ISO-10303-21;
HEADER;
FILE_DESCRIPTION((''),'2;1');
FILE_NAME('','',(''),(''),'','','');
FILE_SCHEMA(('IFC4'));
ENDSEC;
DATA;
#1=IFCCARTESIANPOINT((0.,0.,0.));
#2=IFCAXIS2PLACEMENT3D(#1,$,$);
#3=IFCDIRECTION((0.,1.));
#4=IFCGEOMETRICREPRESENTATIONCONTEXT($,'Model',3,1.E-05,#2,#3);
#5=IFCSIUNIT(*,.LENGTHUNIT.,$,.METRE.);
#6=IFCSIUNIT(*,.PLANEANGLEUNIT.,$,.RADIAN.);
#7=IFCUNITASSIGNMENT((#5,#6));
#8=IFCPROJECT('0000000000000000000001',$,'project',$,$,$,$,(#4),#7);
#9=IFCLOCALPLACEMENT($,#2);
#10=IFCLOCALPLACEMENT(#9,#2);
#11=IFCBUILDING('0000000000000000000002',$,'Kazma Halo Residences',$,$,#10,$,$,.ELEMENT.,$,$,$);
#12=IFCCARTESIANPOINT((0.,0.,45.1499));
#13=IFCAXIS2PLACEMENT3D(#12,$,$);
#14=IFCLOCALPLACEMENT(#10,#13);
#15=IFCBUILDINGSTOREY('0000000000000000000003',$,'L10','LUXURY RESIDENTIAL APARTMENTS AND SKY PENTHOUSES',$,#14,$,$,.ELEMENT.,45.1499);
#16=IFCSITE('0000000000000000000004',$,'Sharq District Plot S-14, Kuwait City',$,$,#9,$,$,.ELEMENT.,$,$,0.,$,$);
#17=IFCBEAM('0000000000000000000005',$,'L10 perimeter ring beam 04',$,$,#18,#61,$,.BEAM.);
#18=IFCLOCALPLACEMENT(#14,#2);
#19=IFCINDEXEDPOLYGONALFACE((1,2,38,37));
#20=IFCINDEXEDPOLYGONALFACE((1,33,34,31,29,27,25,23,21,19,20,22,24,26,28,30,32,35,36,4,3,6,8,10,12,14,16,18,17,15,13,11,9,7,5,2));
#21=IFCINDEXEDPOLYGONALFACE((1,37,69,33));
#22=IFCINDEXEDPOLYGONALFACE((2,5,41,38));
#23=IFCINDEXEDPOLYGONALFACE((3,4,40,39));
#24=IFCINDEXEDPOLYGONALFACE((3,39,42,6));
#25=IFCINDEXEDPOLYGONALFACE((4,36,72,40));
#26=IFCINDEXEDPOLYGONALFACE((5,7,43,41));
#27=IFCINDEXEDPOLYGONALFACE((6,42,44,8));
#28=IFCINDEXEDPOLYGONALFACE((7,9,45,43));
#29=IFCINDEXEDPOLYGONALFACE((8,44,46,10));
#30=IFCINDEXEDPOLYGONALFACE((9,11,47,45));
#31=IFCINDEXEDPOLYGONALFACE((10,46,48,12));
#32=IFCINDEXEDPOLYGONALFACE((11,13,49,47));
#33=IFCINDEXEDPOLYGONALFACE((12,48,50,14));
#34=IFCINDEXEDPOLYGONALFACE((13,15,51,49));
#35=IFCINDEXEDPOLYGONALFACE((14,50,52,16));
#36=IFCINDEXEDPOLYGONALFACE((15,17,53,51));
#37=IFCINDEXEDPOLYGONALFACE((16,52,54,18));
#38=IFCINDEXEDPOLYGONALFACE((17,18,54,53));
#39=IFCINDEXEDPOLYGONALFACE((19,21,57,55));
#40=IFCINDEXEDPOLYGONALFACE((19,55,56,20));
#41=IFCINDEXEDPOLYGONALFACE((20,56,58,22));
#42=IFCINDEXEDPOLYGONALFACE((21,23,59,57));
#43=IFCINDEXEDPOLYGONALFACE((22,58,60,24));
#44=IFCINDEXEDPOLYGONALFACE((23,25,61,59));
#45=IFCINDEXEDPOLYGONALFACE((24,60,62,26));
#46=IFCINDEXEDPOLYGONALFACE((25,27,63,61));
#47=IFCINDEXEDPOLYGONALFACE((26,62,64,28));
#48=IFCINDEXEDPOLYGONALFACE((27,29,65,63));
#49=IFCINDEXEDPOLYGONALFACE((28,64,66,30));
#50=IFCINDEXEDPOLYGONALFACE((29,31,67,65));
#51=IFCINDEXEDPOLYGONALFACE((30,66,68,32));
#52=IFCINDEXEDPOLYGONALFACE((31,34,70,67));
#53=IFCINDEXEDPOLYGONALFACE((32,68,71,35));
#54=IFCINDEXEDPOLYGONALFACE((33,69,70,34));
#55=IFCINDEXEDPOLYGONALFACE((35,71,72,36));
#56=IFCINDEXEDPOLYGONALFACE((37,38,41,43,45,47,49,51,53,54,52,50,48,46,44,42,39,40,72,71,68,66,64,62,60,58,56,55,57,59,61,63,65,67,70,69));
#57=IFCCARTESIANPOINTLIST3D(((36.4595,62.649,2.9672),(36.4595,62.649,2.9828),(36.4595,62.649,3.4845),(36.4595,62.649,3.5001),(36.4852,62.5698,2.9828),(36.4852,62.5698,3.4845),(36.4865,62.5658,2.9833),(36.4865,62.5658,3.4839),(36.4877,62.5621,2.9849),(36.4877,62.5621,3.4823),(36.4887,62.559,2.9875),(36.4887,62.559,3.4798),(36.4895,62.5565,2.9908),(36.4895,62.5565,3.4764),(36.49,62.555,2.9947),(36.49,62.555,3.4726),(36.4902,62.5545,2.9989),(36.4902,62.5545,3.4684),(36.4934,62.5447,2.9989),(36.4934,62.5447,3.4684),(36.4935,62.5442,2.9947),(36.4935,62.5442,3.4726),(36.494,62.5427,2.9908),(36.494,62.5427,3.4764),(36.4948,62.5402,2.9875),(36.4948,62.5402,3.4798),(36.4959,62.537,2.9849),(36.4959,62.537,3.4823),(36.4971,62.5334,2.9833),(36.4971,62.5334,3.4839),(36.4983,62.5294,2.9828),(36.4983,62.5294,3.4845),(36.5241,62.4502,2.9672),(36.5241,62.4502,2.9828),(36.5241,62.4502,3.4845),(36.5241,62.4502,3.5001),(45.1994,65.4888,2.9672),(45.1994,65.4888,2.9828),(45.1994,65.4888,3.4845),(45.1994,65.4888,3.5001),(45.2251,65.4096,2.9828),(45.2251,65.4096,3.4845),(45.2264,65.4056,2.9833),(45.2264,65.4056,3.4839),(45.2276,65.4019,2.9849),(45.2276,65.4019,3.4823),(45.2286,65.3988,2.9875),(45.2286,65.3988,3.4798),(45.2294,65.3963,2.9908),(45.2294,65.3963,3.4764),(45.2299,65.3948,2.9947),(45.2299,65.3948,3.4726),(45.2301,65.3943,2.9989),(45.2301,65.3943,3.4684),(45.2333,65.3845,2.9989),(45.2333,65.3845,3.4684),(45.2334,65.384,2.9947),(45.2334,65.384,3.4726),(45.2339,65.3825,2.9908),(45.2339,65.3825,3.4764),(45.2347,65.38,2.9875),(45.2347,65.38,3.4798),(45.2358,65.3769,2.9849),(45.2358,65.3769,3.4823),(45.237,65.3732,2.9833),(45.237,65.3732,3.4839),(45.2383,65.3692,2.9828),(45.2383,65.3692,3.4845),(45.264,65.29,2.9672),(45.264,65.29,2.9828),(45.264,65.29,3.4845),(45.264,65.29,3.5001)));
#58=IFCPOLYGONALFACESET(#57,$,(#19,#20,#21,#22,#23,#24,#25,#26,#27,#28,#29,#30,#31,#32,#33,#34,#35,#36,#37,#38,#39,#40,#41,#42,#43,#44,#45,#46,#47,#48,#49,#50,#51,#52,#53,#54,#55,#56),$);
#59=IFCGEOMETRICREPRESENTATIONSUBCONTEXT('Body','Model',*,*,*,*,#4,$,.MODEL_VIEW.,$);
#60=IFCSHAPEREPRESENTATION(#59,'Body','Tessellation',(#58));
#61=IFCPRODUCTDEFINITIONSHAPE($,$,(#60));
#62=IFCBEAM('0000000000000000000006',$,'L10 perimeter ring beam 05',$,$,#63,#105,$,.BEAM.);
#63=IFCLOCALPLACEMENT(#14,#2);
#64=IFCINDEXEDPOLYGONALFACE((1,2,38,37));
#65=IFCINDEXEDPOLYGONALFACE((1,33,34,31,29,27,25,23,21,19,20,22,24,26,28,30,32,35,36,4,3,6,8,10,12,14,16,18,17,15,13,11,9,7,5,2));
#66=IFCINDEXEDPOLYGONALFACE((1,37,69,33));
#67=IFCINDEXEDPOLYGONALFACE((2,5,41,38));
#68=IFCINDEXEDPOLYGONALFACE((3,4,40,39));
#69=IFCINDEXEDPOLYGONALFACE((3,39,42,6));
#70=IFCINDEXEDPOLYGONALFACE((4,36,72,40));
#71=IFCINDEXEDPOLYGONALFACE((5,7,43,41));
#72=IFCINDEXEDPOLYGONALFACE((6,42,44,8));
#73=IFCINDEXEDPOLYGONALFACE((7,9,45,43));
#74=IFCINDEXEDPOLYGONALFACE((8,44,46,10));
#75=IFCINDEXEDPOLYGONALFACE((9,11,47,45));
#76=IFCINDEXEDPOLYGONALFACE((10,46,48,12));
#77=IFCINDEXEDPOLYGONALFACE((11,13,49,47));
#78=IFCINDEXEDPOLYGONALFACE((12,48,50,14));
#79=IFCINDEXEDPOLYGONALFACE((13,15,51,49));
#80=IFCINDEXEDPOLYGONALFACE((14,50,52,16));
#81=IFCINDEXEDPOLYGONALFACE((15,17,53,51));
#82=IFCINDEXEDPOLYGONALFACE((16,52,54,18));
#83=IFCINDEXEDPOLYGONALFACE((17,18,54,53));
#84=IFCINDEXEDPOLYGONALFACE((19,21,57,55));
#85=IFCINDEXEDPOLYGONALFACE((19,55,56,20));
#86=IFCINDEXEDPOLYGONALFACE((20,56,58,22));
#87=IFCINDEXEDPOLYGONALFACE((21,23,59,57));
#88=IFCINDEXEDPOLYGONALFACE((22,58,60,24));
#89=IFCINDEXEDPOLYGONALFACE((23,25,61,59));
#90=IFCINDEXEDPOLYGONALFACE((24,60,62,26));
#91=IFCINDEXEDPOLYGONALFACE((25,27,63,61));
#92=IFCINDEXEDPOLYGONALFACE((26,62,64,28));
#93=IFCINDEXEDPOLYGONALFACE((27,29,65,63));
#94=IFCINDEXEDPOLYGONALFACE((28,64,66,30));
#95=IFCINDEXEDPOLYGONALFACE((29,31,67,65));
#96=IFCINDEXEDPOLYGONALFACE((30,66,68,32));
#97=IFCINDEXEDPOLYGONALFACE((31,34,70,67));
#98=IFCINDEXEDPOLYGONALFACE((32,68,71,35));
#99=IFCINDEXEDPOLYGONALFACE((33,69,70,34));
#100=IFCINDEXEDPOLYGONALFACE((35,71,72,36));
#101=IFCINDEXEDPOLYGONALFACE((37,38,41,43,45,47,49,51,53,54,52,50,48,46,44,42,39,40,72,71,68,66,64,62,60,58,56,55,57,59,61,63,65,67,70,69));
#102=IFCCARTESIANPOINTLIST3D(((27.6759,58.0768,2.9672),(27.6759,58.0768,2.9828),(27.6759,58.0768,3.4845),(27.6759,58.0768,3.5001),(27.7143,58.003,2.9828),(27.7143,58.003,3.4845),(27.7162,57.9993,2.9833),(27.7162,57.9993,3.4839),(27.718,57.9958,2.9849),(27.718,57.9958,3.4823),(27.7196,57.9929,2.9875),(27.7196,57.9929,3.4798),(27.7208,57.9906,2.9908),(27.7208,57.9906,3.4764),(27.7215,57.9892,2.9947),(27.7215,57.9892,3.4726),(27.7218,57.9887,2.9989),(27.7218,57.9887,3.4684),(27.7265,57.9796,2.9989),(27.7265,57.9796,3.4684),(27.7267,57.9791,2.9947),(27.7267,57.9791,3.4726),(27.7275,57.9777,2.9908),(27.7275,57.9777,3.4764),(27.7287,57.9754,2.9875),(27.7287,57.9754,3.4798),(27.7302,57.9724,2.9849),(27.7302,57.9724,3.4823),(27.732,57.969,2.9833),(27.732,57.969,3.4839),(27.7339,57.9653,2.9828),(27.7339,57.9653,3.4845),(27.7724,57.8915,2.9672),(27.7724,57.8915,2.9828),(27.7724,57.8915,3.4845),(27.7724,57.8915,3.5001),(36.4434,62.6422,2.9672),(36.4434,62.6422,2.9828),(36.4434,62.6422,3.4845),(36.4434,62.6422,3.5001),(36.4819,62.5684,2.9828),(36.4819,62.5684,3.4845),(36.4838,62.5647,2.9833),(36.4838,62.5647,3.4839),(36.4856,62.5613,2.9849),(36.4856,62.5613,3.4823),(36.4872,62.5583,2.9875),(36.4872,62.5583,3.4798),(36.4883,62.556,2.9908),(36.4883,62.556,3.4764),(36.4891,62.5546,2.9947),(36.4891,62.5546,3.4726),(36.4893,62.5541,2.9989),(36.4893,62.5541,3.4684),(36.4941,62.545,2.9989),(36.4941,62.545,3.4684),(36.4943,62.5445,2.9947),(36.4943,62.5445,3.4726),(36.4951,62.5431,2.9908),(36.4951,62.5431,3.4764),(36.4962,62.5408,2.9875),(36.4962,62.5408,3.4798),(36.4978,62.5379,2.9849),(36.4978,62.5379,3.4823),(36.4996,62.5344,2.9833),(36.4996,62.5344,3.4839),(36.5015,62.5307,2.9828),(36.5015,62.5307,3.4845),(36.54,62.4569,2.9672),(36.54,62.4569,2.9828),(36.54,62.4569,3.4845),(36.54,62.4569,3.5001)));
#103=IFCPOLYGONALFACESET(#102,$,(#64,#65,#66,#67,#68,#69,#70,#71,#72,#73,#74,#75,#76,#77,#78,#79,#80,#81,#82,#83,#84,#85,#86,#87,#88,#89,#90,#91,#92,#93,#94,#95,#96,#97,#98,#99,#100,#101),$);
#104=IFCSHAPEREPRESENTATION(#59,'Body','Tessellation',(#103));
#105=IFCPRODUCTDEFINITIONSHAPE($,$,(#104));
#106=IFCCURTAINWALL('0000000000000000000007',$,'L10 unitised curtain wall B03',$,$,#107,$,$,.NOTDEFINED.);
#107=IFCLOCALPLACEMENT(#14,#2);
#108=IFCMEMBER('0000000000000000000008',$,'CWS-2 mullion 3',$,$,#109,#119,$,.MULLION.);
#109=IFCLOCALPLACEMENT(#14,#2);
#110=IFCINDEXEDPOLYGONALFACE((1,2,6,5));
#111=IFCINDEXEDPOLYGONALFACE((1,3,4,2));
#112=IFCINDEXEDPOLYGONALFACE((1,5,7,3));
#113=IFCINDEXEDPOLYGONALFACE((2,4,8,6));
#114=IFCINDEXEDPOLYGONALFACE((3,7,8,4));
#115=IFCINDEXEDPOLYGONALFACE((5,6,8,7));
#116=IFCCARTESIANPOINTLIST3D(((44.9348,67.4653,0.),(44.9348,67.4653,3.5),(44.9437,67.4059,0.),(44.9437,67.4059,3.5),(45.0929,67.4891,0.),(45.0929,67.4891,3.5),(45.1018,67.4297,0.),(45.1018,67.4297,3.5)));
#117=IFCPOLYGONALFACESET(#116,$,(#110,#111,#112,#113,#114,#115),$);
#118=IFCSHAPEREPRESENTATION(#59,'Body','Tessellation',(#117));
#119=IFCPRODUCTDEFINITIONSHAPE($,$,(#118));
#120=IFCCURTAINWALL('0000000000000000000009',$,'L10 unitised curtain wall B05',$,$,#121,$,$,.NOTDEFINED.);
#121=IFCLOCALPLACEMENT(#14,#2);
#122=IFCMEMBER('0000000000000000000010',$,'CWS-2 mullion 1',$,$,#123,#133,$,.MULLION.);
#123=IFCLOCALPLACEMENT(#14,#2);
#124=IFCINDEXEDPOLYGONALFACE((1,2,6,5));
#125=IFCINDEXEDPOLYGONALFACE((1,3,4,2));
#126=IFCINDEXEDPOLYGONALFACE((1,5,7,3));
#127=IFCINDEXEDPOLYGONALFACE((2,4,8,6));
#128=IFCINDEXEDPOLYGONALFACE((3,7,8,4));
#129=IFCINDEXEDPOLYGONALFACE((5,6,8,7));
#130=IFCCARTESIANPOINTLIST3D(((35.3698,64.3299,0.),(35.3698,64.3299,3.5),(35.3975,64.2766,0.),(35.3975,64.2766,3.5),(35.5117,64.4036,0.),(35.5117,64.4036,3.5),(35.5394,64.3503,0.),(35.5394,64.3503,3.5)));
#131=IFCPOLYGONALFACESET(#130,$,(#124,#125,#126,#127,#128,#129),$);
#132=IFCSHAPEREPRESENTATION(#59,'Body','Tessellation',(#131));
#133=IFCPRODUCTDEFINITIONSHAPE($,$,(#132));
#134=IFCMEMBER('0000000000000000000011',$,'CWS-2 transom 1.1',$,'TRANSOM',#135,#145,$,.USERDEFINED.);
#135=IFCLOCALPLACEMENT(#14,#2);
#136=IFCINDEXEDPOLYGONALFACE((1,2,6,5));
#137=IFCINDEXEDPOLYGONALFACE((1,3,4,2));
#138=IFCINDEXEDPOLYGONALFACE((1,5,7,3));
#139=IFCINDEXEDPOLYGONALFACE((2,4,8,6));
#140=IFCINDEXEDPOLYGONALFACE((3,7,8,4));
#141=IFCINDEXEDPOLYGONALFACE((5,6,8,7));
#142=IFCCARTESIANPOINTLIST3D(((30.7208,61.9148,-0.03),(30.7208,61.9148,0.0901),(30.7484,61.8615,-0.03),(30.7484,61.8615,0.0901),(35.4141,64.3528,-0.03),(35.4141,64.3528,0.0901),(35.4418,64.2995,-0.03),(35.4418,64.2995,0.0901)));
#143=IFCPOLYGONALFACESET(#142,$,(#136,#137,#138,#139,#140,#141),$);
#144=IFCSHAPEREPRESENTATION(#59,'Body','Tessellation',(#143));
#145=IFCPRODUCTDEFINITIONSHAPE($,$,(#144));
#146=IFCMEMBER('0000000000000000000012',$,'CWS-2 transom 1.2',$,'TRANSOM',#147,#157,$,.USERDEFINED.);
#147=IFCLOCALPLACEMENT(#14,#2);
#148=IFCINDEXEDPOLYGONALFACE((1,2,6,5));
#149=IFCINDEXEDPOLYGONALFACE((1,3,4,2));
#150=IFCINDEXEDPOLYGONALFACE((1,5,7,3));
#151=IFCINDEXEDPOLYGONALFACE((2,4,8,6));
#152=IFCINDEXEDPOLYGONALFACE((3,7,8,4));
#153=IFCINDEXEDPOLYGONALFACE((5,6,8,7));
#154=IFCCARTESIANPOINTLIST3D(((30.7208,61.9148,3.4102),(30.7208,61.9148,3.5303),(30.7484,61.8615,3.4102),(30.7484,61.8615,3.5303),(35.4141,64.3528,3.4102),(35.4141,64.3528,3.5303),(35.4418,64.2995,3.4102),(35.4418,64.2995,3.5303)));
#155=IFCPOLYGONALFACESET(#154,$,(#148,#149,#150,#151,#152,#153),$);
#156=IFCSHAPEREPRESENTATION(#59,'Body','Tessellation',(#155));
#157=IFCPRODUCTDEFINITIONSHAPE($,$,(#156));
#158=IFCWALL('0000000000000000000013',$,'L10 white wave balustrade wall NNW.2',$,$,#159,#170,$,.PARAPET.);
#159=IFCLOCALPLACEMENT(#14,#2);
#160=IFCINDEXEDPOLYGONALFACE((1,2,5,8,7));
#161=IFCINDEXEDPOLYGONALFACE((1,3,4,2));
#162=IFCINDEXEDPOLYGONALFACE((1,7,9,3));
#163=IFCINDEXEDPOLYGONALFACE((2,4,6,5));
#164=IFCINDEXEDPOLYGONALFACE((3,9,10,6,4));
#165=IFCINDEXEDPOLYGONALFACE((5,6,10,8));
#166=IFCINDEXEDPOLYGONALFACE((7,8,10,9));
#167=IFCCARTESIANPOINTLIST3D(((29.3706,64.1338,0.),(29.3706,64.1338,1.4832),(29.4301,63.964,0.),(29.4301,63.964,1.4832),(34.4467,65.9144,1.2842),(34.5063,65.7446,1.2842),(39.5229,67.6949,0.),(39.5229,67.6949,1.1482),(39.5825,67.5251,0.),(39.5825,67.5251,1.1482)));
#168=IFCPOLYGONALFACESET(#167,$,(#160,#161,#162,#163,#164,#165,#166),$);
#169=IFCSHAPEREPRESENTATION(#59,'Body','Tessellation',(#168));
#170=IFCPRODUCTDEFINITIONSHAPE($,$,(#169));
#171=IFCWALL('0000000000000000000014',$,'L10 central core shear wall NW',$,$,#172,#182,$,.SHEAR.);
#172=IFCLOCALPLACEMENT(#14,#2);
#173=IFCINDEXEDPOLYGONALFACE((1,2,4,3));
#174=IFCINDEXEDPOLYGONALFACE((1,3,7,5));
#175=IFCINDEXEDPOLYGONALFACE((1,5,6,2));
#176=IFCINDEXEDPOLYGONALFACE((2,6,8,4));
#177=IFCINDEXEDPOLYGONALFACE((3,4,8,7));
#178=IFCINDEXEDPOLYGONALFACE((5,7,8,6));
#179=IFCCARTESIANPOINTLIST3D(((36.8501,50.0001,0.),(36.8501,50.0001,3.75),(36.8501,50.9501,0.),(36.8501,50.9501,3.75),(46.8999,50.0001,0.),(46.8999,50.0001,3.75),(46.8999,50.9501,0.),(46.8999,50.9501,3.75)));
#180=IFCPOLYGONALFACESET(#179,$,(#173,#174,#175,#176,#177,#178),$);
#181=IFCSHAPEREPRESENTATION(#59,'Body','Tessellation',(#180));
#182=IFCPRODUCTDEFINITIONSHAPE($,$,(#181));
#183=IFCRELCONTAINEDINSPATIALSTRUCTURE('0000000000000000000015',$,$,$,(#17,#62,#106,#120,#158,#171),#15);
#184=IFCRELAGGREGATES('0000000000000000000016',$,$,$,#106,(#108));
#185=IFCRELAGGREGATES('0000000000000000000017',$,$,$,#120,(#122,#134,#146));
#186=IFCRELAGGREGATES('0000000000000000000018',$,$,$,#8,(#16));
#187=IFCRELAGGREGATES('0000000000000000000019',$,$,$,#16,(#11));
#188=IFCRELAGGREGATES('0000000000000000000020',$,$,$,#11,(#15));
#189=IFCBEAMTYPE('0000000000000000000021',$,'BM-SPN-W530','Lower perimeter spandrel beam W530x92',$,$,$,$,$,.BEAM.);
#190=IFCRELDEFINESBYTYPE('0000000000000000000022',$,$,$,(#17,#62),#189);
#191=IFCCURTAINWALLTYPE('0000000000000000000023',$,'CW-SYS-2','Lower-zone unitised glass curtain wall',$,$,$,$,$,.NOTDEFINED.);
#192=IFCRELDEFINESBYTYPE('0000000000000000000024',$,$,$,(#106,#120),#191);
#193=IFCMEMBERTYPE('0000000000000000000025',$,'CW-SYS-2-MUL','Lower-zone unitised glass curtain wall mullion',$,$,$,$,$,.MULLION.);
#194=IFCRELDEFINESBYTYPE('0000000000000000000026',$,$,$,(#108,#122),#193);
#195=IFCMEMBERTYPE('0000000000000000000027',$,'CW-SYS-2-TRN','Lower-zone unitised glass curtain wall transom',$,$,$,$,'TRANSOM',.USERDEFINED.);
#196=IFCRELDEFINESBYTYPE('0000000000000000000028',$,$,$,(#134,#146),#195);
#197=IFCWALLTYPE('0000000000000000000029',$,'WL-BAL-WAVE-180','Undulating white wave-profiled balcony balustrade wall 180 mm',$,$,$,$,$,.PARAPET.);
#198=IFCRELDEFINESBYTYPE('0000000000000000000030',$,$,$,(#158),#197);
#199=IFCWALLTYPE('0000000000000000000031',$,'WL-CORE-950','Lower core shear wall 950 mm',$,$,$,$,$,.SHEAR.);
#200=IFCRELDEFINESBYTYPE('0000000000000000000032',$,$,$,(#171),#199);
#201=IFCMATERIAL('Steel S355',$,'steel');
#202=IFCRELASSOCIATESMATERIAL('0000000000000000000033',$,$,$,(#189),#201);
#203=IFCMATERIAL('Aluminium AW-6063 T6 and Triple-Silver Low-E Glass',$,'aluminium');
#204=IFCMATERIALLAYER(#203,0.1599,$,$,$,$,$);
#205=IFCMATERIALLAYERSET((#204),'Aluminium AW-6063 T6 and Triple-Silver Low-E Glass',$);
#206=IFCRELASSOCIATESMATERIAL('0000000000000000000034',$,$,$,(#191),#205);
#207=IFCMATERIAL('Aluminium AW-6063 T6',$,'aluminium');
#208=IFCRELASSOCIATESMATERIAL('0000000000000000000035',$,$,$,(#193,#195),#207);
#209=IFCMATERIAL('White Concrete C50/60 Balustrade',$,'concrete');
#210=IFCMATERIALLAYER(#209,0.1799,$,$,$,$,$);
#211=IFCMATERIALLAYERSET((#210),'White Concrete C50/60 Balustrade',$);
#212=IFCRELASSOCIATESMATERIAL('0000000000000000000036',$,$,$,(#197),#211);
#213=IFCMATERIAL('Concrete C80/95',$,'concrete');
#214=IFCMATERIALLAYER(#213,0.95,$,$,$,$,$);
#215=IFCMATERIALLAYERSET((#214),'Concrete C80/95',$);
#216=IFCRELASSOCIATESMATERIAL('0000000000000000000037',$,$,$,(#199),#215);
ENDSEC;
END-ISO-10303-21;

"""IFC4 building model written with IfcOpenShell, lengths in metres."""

from ifc_helpers import new_model, si_unit, direction, frame, frame_2d, origin, origin_2d, place, context, subcontext, project, spatial, polyline, rectangle, i_section, outline, extrude, material, layer, layer_set, material_profile, profile_set, type_object, element, aggregate, save


model = new_model("IFC4")

# Units and contexts
model_context = context("Model", 3, precision=1e-05, world=origin(), true_north=direction((0.0, 1.0)))
body_context = subcontext(model_context, "Body", "Model", "MODEL_VIEW")
ifc_project = project(units=[si_unit("LENGTHUNIT", "METRE"), si_unit("PLANEANGLEUNIT", "RADIAN")], contexts=[model_context])

# Site, building, storey
site_placement = place(None, origin())
site = spatial("IfcSite", under=ifc_project, at=site_placement, Name="Sharq District Plot S-14, Kuwait City", CompositionType="ELEMENT", RefElevation=0.0)
building_placement = place(site_placement, origin())
building = spatial("IfcBuilding", under=site, at=building_placement, Name="Kazma Halo Residences", CompositionType="ELEMENT")
storey_placement = place(building_placement, frame((0.0, 0.0, 45.1499)))
storey = spatial("IfcBuildingStorey", under=building, at=storey_placement, Name="L10", Description="LUXURY RESIDENTIAL APARTMENTS AND SKY PENTHOUSES", CompositionType="ELEMENT", Elevation=45.1499)

# Shared definitions
ifc_material_1 = material(Name="Concrete C80/95", Category="concrete")

# Beams
ifc_material_2 = material(Name="Steel S355", Category="steel")
ifc_material_profile_1 = material_profile(ifc_material_2, i_section(OverallWidth=0.209, OverallDepth=0.533, WebThickness=0.0103, FlangeThickness=0.0156, FilletRadius=0.0161, at=origin_2d()), Name="W530x92")
ifc_profile_set_1 = profile_set([ifc_material_profile_1], Name="Steel S355")
beam_type_1 = type_object("IfcBeamType", Name="BM-SPN-W530", Description="Lower perimeter spandrel beam W530x92", PredefinedType="BEAM", material=ifc_profile_set_1)
beam_1_placement = place(storey_placement, frame((45.2317, 65.3894, 3.2336), z_axis=(-0.951055, -0.309022, 0.0), x_axis=(0.309022, -0.951055, 0.0)))
element("IfcBeam", 1, at=beam_1_placement, inside=storey, type_object=beam_type_1, Name="L10 perimeter ring beam 04", PredefinedType="BEAM", context=body_context, shape_type="SweptSolid", body=[
    extrude(i_section(OverallWidth=0.209, OverallDepth=0.533, WebThickness=0.0103, FlangeThickness=0.0156, FilletRadius=0.0161, at=origin_2d()), origin(), (0.0, 0.0, 1.0), 9.1897),
])
beam_2_placement = place(storey_placement, frame((36.4917, 62.5496, 3.2336), z_axis=(-0.886956, -0.461853, 0.0), x_axis=(0.461853, -0.886956, 0.0)))
element("IfcBeam", 2, at=beam_2_placement, inside=storey, type_object=beam_type_1, Name="L10 perimeter ring beam 05", PredefinedType="BEAM", context=body_context, shape_type="SweptSolid", body=[
    extrude(i_section(OverallWidth=0.209, OverallDepth=0.533, WebThickness=0.0103, FlangeThickness=0.0156, FilletRadius=0.0161, at=origin_2d()), origin(), (0.0, 0.0, 1.0), 9.885),
])

# Curtain wall, member
ifc_material_3 = material(Name="Aluminium AW-6063 T6 and Triple-Silver Low-E Glass", Category="aluminium")
ifc_layer_1 = layer(ifc_material_3, 0.1599)
ifc_layer_set_1 = layer_set([ifc_layer_1], Name="Aluminium AW-6063 T6 and Triple-Silver Low-E Glass")
curtain_wall_type = type_object("IfcCurtainWallType", Name="CW-SYS-2", Description="Lower-zone unitised glass curtain wall", PredefinedType="NOTDEFINED", material=ifc_layer_set_1)
curtain_wall_1_placement = place(storey_placement, origin())
curtain_wall_1 = element("IfcCurtainWall", 3, at=curtain_wall_1_placement, inside=storey, type_object=curtain_wall_type, Name="L10 unitised curtain wall B03", PredefinedType="NOTDEFINED")
ifc_material_4 = material(Name="Aluminium AW-6063 T6", Category="aluminium")
ifc_material_profile_2 = material_profile(ifc_material_4, rectangle(XDim=0.0601, YDim=0.1599, at=origin_2d()), Name="CWM-60x160")
ifc_profile_set_2 = profile_set([ifc_material_profile_2], Name="Aluminium AW-6063 T6")
member_type_1 = type_object("IfcMemberType", Name="CW-SYS-2-MUL", Description="Lower-zone unitised glass curtain wall mullion", PredefinedType="MULLION", material=ifc_profile_set_2)
member_1_placement = place(storey_placement, frame((45.0183, 67.4475, 0.0), z_axis=(0.0, 0.0, 1.0), x_axis=(0.148657, -0.988889, 0.0)))
member_1 = element("IfcMember", 4, at=member_1_placement, type_object=member_type_1, Name="CWS-2 mullion 3", PredefinedType="MULLION", context=body_context, shape_type="SweptSolid", body=[
    extrude(rectangle(XDim=0.0601, YDim=0.1599, at=origin_2d()), origin(), (0.0, 0.0, 1.0), 3.5),
])
aggregate(curtain_wall_1, [member_1])

# Curtain wall, members
curtain_wall_2_placement = place(storey_placement, origin())
curtain_wall_2 = element("IfcCurtainWall", 5, at=curtain_wall_2_placement, inside=storey, type_object=curtain_wall_type, Name="L10 unitised curtain wall B05", PredefinedType="NOTDEFINED")
member_2_placement = place(storey_placement, frame((35.4546, 64.3401, 0.0), z_axis=(0.0, 0.0, 1.0), x_axis=(0.460996, -0.887402, 0.0)))
member_2 = element("IfcMember", 6, at=member_2_placement, type_object=member_type_1, Name="CWS-2 mullion 1", PredefinedType="MULLION", context=body_context, shape_type="SweptSolid", body=[
    extrude(rectangle(XDim=0.0601, YDim=0.1599, at=origin_2d()), origin(), (0.0, 0.0, 1.0), 3.5),
])
ifc_material_profile_3 = material_profile(ifc_material_4, rectangle(XDim=0.0601, YDim=0.1201, at=origin_2d()), Name="CWT-60x120")
ifc_profile_set_3 = profile_set([ifc_material_profile_3], Name="Aluminium AW-6063 T6")
member_type_2 = type_object("IfcMemberType", Name="CW-SYS-2-TRN", Description="Lower-zone unitised glass curtain wall transom", ElementType="TRANSOM", PredefinedType="USERDEFINED", material=ifc_profile_set_3)
member_3_placement = place(storey_placement, frame((35.428, 64.3262, 0.03), z_axis=(-0.887415, -0.460972, 0.0), x_axis=(0.460972, -0.887415, 0.0)))
member_3 = element("IfcMember", 7, at=member_3_placement, type_object=member_type_2, Name="CWS-2 transom 1.1", ObjectType="TRANSOM", PredefinedType="USERDEFINED", context=body_context, shape_type="SweptSolid", body=[
    extrude(rectangle(XDim=0.0601, YDim=0.1201, at=origin_2d()), origin(), (0.0, 0.0, 1.0), 5.2888),
])
member_4_placement = place(storey_placement, frame((35.428, 64.3262, 3.4702), z_axis=(-0.887415, -0.460972, 0.0), x_axis=(0.460972, -0.887415, 0.0)))
member_4 = element("IfcMember", 8, at=member_4_placement, type_object=member_type_2, Name="CWS-2 transom 1.2", ObjectType="TRANSOM", PredefinedType="USERDEFINED", context=body_context, shape_type="SweptSolid", body=[
    extrude(rectangle(XDim=0.0601, YDim=0.1201, at=origin_2d()), origin(), (0.0, 0.0, 1.0), 5.2888),
])
aggregate(curtain_wall_2, [member_2, member_3, member_4])

# Walls
ifc_material_5 = material(Name="White Concrete C50/60 Balustrade", Category="concrete")
ifc_layer_2 = layer(ifc_material_5, 0.1799)
ifc_layer_set_2 = layer_set([ifc_layer_2], Name="White Concrete C50/60 Balustrade")
wall_type_1 = type_object("IfcWallType", Name="WL-BAL-WAVE-180", Description="Undulating white wave-profiled balcony balustrade wall 180 mm", PredefinedType="PARAPET", material=ifc_layer_set_2)
wall_1_placement = place(storey_placement, frame((39.5527, 67.6099, 0.0), z_axis=(0.0, 0.0, 1.0), x_axis=(-0.943635, -0.330989, 0.0)))
element("IfcWall", 9, at=wall_1_placement, inside=storey, type_object=wall_type_1, Name="L10 white wave balustrade wall NNW.2", PredefinedType="PARAPET", context=body_context, shape_type="SweptSolid", body=[
    extrude(outline(polyline([(0.0, 0.0), (10.7588, 0.0), (10.7588, 1.4832), (5.3794, 1.2842), (0.0, 1.1482), (0.0, 0.0)])), frame((0.0, 0.0898, 0.0), z_axis=(0.0, -1.0, 0.0), x_axis=(1.0, 0.0, 0.0)), (0.0, 0.0, 1.0), 0.1799),
])
ifc_layer_3 = layer(ifc_material_1, 0.95)
ifc_layer_set_3 = layer_set([ifc_layer_3], Name="Concrete C80/95")
wall_type_2 = type_object("IfcWallType", Name="WL-CORE-950", Description="Lower core shear wall 950 mm", PredefinedType="SHEAR", material=ifc_layer_set_3)
wall_2_placement = place(storey_placement, frame((36.8501, 50.4751, 0.0), z_axis=(0.0, 0.0, 1.0), x_axis=(1.0, 0.0, 0.0)))
element("IfcWall", 10, at=wall_2_placement, inside=storey, type_object=wall_type_2, Name="L10 central core shear wall NW", PredefinedType="SHEAR", context=body_context, shape_type="SweptSolid", body=[
    extrude(rectangle(XDim=10.0498, YDim=0.95, at=frame_2d((5.0249, 0.0))), origin(), (0.0, 0.0, 1.0), 3.75),
])

save(model, "model.ifc")
